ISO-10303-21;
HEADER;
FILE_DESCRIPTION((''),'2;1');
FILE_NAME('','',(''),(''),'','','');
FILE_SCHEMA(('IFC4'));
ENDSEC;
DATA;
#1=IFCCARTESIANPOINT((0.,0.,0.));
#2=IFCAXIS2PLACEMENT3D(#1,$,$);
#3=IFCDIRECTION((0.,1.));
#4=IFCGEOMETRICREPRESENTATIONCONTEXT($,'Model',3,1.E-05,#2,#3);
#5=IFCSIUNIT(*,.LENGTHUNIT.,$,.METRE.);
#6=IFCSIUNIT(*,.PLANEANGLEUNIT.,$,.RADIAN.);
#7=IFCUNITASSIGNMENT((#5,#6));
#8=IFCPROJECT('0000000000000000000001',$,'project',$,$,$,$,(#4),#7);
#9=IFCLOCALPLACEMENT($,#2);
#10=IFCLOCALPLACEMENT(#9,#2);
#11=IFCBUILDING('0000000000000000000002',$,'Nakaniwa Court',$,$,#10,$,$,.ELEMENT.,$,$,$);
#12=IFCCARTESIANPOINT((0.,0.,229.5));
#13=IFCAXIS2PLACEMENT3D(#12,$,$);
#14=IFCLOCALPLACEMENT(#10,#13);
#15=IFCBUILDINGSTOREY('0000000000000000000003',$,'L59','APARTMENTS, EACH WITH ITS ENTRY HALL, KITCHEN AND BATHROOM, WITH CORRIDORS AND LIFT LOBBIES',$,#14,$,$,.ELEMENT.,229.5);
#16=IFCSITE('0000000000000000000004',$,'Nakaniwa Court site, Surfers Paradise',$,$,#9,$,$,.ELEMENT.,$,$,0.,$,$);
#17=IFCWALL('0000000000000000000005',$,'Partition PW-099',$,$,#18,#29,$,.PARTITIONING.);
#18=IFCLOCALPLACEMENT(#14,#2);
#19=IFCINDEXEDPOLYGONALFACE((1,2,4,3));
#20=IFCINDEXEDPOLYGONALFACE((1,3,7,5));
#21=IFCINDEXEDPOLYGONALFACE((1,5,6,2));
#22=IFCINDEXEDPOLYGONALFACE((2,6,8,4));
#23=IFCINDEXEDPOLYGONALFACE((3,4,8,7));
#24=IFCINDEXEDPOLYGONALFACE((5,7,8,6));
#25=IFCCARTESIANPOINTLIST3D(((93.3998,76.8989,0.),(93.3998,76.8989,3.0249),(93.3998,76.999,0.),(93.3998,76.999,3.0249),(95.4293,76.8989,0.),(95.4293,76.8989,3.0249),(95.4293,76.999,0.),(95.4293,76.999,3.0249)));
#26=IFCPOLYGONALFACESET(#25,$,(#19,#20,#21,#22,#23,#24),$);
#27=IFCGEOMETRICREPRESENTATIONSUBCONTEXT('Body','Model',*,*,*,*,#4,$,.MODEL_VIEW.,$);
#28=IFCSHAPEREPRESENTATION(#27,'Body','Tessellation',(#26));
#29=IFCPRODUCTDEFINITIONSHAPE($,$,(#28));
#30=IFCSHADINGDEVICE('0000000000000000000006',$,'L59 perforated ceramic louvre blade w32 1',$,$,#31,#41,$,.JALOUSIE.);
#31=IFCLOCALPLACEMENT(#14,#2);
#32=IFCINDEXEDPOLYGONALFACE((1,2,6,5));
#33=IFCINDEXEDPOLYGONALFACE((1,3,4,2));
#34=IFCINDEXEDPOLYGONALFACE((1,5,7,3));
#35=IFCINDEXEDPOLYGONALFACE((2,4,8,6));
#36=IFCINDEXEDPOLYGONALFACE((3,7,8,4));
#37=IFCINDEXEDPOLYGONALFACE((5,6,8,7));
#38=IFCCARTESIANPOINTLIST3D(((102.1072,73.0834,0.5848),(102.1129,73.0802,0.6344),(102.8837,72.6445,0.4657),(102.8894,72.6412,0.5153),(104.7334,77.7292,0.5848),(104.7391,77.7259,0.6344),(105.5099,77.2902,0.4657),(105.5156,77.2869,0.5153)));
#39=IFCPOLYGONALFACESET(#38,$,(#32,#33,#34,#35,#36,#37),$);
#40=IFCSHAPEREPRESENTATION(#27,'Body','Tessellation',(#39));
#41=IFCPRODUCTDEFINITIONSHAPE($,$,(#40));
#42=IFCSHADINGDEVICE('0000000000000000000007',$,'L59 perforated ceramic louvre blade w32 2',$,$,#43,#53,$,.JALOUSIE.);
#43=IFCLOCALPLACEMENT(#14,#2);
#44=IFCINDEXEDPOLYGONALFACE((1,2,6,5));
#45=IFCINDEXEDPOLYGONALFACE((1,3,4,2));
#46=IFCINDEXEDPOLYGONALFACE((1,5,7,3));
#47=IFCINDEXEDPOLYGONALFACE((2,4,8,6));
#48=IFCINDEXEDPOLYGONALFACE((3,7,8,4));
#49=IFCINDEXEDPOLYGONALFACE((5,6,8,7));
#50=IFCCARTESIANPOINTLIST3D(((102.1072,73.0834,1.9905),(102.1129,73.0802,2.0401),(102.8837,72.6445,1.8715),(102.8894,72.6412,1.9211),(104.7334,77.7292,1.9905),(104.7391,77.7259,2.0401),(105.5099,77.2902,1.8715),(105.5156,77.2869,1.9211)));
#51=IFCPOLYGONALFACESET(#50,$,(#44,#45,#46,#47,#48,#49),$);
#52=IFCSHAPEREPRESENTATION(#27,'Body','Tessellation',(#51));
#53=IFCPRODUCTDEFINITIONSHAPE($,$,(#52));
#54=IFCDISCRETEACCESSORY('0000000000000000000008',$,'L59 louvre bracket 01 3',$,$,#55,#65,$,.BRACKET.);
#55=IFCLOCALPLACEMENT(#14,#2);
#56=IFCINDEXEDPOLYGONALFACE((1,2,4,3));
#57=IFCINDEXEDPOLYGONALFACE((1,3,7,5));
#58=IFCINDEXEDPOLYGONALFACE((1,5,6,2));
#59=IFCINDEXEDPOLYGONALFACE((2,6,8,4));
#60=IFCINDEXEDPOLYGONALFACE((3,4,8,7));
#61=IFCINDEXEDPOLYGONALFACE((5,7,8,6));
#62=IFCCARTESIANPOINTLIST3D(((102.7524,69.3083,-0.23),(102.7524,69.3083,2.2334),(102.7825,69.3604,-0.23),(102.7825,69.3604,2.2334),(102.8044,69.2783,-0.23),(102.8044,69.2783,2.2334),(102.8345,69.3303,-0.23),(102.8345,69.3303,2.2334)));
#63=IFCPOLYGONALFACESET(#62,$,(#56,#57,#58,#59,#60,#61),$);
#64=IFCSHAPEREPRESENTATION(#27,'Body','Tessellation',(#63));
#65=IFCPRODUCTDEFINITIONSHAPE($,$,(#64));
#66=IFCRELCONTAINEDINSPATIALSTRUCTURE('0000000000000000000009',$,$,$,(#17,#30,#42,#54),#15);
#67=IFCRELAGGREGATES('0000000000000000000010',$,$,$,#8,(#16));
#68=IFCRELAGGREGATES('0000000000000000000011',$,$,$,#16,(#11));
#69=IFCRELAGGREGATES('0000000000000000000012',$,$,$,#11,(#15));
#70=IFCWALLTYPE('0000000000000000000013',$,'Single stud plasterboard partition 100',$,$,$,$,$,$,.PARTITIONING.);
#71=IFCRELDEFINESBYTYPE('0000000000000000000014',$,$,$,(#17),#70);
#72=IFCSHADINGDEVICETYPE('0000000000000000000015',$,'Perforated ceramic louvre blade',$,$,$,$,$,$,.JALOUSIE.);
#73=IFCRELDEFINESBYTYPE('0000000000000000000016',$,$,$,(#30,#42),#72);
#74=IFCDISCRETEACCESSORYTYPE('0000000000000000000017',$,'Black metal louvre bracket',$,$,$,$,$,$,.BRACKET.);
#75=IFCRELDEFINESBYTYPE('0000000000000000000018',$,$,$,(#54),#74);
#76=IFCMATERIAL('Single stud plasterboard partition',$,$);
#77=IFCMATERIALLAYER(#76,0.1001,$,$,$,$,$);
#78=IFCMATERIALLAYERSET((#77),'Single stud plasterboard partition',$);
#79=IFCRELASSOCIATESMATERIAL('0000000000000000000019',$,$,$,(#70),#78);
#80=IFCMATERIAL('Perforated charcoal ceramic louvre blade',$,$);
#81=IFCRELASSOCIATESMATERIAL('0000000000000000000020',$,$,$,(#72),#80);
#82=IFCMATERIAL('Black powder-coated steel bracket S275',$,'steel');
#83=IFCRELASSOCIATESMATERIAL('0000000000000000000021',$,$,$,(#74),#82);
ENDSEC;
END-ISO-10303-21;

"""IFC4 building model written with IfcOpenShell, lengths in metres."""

from ifc_helpers import new_model, si_unit, direction, frame, frame_2d, origin, origin_2d, place, context, subcontext, project, spatial, rectangle, extrude, material, layer, layer_set, material_profile, profile_set, type_object, element, save


model = new_model("IFC4")

# Units and contexts
model_context = context("Model", 3, precision=1e-05, world=origin(), true_north=direction((0.0, 1.0)))
body_context = subcontext(model_context, "Body", "Model", "MODEL_VIEW")
ifc_project = project(units=[si_unit("LENGTHUNIT", "METRE"), si_unit("PLANEANGLEUNIT", "RADIAN")], contexts=[model_context])

# Site, building, storey
site_placement = place(None, origin())
site = spatial("IfcSite", under=ifc_project, at=site_placement, Name="Nakaniwa Court site, Surfers Paradise", CompositionType="ELEMENT", RefElevation=0.0)
building_placement = place(site_placement, origin())
building = spatial("IfcBuilding", under=site, at=building_placement, Name="Nakaniwa Court", CompositionType="ELEMENT")
storey_placement = place(building_placement, frame((0.0, 0.0, 229.5)))
storey = spatial("IfcBuildingStorey", under=building, at=storey_placement, Name="L59", Description="APARTMENTS, EACH WITH ITS ENTRY HALL, KITCHEN AND BATHROOM, WITH CORRIDORS AND LIFT LOBBIES", CompositionType="ELEMENT", Elevation=229.5)

# Shared definitions
ifc_material_1 = material(Name="Single stud plasterboard partition")
ifc_layer_1 = layer(ifc_material_1, 0.1001)
ifc_layer_set_1 = layer_set([ifc_layer_1], Name="Single stud plasterboard partition")
wall_type_1 = type_object("IfcWallType", Name="Single stud plasterboard partition 100", PredefinedType="PARTITIONING", material=ifc_layer_set_1)

# Wall
wall_1_placement = place(storey_placement, frame((93.3999, 76.949, 0.0), z_axis=(0.0, 0.0, 1.0), x_axis=(1.0, 0.0, 0.0)))
element("IfcWall", 1, at=wall_1_placement, inside=storey, type_object=wall_type_1, Name="Partition PW-099", PredefinedType="PARTITIONING", context=body_context, shape_type="SweptSolid", body=[
    extrude(rectangle(XDim=2.0295, YDim=0.1001, at=frame_2d((1.0146, 0.0))), origin(), (0.0, 0.0, 1.0), 3.0249),
])

# Shading devices
ifc_material_2 = material(Name="Perforated charcoal ceramic louvre blade")
ifc_material_profile_1 = material_profile(ifc_material_2, rectangle(XDim=0.8999, YDim=0.05, at=origin_2d()), Name="Perforated ceramic louvre blade")
ifc_profile_set_1 = profile_set([ifc_material_profile_1], Name="Perforated charcoal ceramic louvre blade")
shading_device_type = type_object("IfcShadingDeviceType", Name="Perforated ceramic louvre blade", PredefinedType="JALOUSIE", material=ifc_profile_set_1)
for number, where, z_axis, x_axis, name in (
    (2, (102.4983, 72.8623, 0.55), (0.492109, 0.870534, 0.0), (-0.862887, 0.487786, 0.132256), "L59 perforated ceramic louvre blade w32 1"),
    (3, (102.4983, 72.8623, 1.9558), (0.492109, 0.870534, 0.0), (-0.862887, 0.487786, 0.132256), "L59 perforated ceramic louvre blade w32 2"),
):
    element("IfcShadingDevice", number, at=place(storey_placement, frame(where, z_axis=z_axis, x_axis=x_axis)), inside=storey, type_object=shading_device_type, Name=name, PredefinedType="JALOUSIE", context=body_context, shape_type="SweptSolid", body=[
        extrude(rectangle(XDim=0.8999, YDim=0.05, at=origin_2d()), origin(), (0.0, 0.0, 1.0), 5.3367),
    ])

# Discrete accessory
ifc_material_3 = material(Name="Black powder-coated steel bracket S275", Category="steel")
discrete_accessory_type = type_object("IfcDiscreteAccessoryType", Name="Black metal louvre bracket", PredefinedType="BRACKET", material=ifc_material_3)
discrete_accessory_placement = place(storey_placement, frame((102.7935, 69.3193, -0.23), z_axis=(0.0, 0.0, 1.0), x_axis=(0.500017, 0.866016, 0.0)))
element("IfcDiscreteAccessory", 4, at=discrete_accessory_placement, inside=storey, type_object=discrete_accessory_type, Name="L59 louvre bracket 01 3", PredefinedType="BRACKET", context=body_context, shape_type="SweptSolid", body=[
    extrude(rectangle(XDim=0.0601, YDim=0.0601, at=origin_2d()), origin(), (0.0, 0.0, 1.0), 2.4634),
])

save(model, "model.ifc")
